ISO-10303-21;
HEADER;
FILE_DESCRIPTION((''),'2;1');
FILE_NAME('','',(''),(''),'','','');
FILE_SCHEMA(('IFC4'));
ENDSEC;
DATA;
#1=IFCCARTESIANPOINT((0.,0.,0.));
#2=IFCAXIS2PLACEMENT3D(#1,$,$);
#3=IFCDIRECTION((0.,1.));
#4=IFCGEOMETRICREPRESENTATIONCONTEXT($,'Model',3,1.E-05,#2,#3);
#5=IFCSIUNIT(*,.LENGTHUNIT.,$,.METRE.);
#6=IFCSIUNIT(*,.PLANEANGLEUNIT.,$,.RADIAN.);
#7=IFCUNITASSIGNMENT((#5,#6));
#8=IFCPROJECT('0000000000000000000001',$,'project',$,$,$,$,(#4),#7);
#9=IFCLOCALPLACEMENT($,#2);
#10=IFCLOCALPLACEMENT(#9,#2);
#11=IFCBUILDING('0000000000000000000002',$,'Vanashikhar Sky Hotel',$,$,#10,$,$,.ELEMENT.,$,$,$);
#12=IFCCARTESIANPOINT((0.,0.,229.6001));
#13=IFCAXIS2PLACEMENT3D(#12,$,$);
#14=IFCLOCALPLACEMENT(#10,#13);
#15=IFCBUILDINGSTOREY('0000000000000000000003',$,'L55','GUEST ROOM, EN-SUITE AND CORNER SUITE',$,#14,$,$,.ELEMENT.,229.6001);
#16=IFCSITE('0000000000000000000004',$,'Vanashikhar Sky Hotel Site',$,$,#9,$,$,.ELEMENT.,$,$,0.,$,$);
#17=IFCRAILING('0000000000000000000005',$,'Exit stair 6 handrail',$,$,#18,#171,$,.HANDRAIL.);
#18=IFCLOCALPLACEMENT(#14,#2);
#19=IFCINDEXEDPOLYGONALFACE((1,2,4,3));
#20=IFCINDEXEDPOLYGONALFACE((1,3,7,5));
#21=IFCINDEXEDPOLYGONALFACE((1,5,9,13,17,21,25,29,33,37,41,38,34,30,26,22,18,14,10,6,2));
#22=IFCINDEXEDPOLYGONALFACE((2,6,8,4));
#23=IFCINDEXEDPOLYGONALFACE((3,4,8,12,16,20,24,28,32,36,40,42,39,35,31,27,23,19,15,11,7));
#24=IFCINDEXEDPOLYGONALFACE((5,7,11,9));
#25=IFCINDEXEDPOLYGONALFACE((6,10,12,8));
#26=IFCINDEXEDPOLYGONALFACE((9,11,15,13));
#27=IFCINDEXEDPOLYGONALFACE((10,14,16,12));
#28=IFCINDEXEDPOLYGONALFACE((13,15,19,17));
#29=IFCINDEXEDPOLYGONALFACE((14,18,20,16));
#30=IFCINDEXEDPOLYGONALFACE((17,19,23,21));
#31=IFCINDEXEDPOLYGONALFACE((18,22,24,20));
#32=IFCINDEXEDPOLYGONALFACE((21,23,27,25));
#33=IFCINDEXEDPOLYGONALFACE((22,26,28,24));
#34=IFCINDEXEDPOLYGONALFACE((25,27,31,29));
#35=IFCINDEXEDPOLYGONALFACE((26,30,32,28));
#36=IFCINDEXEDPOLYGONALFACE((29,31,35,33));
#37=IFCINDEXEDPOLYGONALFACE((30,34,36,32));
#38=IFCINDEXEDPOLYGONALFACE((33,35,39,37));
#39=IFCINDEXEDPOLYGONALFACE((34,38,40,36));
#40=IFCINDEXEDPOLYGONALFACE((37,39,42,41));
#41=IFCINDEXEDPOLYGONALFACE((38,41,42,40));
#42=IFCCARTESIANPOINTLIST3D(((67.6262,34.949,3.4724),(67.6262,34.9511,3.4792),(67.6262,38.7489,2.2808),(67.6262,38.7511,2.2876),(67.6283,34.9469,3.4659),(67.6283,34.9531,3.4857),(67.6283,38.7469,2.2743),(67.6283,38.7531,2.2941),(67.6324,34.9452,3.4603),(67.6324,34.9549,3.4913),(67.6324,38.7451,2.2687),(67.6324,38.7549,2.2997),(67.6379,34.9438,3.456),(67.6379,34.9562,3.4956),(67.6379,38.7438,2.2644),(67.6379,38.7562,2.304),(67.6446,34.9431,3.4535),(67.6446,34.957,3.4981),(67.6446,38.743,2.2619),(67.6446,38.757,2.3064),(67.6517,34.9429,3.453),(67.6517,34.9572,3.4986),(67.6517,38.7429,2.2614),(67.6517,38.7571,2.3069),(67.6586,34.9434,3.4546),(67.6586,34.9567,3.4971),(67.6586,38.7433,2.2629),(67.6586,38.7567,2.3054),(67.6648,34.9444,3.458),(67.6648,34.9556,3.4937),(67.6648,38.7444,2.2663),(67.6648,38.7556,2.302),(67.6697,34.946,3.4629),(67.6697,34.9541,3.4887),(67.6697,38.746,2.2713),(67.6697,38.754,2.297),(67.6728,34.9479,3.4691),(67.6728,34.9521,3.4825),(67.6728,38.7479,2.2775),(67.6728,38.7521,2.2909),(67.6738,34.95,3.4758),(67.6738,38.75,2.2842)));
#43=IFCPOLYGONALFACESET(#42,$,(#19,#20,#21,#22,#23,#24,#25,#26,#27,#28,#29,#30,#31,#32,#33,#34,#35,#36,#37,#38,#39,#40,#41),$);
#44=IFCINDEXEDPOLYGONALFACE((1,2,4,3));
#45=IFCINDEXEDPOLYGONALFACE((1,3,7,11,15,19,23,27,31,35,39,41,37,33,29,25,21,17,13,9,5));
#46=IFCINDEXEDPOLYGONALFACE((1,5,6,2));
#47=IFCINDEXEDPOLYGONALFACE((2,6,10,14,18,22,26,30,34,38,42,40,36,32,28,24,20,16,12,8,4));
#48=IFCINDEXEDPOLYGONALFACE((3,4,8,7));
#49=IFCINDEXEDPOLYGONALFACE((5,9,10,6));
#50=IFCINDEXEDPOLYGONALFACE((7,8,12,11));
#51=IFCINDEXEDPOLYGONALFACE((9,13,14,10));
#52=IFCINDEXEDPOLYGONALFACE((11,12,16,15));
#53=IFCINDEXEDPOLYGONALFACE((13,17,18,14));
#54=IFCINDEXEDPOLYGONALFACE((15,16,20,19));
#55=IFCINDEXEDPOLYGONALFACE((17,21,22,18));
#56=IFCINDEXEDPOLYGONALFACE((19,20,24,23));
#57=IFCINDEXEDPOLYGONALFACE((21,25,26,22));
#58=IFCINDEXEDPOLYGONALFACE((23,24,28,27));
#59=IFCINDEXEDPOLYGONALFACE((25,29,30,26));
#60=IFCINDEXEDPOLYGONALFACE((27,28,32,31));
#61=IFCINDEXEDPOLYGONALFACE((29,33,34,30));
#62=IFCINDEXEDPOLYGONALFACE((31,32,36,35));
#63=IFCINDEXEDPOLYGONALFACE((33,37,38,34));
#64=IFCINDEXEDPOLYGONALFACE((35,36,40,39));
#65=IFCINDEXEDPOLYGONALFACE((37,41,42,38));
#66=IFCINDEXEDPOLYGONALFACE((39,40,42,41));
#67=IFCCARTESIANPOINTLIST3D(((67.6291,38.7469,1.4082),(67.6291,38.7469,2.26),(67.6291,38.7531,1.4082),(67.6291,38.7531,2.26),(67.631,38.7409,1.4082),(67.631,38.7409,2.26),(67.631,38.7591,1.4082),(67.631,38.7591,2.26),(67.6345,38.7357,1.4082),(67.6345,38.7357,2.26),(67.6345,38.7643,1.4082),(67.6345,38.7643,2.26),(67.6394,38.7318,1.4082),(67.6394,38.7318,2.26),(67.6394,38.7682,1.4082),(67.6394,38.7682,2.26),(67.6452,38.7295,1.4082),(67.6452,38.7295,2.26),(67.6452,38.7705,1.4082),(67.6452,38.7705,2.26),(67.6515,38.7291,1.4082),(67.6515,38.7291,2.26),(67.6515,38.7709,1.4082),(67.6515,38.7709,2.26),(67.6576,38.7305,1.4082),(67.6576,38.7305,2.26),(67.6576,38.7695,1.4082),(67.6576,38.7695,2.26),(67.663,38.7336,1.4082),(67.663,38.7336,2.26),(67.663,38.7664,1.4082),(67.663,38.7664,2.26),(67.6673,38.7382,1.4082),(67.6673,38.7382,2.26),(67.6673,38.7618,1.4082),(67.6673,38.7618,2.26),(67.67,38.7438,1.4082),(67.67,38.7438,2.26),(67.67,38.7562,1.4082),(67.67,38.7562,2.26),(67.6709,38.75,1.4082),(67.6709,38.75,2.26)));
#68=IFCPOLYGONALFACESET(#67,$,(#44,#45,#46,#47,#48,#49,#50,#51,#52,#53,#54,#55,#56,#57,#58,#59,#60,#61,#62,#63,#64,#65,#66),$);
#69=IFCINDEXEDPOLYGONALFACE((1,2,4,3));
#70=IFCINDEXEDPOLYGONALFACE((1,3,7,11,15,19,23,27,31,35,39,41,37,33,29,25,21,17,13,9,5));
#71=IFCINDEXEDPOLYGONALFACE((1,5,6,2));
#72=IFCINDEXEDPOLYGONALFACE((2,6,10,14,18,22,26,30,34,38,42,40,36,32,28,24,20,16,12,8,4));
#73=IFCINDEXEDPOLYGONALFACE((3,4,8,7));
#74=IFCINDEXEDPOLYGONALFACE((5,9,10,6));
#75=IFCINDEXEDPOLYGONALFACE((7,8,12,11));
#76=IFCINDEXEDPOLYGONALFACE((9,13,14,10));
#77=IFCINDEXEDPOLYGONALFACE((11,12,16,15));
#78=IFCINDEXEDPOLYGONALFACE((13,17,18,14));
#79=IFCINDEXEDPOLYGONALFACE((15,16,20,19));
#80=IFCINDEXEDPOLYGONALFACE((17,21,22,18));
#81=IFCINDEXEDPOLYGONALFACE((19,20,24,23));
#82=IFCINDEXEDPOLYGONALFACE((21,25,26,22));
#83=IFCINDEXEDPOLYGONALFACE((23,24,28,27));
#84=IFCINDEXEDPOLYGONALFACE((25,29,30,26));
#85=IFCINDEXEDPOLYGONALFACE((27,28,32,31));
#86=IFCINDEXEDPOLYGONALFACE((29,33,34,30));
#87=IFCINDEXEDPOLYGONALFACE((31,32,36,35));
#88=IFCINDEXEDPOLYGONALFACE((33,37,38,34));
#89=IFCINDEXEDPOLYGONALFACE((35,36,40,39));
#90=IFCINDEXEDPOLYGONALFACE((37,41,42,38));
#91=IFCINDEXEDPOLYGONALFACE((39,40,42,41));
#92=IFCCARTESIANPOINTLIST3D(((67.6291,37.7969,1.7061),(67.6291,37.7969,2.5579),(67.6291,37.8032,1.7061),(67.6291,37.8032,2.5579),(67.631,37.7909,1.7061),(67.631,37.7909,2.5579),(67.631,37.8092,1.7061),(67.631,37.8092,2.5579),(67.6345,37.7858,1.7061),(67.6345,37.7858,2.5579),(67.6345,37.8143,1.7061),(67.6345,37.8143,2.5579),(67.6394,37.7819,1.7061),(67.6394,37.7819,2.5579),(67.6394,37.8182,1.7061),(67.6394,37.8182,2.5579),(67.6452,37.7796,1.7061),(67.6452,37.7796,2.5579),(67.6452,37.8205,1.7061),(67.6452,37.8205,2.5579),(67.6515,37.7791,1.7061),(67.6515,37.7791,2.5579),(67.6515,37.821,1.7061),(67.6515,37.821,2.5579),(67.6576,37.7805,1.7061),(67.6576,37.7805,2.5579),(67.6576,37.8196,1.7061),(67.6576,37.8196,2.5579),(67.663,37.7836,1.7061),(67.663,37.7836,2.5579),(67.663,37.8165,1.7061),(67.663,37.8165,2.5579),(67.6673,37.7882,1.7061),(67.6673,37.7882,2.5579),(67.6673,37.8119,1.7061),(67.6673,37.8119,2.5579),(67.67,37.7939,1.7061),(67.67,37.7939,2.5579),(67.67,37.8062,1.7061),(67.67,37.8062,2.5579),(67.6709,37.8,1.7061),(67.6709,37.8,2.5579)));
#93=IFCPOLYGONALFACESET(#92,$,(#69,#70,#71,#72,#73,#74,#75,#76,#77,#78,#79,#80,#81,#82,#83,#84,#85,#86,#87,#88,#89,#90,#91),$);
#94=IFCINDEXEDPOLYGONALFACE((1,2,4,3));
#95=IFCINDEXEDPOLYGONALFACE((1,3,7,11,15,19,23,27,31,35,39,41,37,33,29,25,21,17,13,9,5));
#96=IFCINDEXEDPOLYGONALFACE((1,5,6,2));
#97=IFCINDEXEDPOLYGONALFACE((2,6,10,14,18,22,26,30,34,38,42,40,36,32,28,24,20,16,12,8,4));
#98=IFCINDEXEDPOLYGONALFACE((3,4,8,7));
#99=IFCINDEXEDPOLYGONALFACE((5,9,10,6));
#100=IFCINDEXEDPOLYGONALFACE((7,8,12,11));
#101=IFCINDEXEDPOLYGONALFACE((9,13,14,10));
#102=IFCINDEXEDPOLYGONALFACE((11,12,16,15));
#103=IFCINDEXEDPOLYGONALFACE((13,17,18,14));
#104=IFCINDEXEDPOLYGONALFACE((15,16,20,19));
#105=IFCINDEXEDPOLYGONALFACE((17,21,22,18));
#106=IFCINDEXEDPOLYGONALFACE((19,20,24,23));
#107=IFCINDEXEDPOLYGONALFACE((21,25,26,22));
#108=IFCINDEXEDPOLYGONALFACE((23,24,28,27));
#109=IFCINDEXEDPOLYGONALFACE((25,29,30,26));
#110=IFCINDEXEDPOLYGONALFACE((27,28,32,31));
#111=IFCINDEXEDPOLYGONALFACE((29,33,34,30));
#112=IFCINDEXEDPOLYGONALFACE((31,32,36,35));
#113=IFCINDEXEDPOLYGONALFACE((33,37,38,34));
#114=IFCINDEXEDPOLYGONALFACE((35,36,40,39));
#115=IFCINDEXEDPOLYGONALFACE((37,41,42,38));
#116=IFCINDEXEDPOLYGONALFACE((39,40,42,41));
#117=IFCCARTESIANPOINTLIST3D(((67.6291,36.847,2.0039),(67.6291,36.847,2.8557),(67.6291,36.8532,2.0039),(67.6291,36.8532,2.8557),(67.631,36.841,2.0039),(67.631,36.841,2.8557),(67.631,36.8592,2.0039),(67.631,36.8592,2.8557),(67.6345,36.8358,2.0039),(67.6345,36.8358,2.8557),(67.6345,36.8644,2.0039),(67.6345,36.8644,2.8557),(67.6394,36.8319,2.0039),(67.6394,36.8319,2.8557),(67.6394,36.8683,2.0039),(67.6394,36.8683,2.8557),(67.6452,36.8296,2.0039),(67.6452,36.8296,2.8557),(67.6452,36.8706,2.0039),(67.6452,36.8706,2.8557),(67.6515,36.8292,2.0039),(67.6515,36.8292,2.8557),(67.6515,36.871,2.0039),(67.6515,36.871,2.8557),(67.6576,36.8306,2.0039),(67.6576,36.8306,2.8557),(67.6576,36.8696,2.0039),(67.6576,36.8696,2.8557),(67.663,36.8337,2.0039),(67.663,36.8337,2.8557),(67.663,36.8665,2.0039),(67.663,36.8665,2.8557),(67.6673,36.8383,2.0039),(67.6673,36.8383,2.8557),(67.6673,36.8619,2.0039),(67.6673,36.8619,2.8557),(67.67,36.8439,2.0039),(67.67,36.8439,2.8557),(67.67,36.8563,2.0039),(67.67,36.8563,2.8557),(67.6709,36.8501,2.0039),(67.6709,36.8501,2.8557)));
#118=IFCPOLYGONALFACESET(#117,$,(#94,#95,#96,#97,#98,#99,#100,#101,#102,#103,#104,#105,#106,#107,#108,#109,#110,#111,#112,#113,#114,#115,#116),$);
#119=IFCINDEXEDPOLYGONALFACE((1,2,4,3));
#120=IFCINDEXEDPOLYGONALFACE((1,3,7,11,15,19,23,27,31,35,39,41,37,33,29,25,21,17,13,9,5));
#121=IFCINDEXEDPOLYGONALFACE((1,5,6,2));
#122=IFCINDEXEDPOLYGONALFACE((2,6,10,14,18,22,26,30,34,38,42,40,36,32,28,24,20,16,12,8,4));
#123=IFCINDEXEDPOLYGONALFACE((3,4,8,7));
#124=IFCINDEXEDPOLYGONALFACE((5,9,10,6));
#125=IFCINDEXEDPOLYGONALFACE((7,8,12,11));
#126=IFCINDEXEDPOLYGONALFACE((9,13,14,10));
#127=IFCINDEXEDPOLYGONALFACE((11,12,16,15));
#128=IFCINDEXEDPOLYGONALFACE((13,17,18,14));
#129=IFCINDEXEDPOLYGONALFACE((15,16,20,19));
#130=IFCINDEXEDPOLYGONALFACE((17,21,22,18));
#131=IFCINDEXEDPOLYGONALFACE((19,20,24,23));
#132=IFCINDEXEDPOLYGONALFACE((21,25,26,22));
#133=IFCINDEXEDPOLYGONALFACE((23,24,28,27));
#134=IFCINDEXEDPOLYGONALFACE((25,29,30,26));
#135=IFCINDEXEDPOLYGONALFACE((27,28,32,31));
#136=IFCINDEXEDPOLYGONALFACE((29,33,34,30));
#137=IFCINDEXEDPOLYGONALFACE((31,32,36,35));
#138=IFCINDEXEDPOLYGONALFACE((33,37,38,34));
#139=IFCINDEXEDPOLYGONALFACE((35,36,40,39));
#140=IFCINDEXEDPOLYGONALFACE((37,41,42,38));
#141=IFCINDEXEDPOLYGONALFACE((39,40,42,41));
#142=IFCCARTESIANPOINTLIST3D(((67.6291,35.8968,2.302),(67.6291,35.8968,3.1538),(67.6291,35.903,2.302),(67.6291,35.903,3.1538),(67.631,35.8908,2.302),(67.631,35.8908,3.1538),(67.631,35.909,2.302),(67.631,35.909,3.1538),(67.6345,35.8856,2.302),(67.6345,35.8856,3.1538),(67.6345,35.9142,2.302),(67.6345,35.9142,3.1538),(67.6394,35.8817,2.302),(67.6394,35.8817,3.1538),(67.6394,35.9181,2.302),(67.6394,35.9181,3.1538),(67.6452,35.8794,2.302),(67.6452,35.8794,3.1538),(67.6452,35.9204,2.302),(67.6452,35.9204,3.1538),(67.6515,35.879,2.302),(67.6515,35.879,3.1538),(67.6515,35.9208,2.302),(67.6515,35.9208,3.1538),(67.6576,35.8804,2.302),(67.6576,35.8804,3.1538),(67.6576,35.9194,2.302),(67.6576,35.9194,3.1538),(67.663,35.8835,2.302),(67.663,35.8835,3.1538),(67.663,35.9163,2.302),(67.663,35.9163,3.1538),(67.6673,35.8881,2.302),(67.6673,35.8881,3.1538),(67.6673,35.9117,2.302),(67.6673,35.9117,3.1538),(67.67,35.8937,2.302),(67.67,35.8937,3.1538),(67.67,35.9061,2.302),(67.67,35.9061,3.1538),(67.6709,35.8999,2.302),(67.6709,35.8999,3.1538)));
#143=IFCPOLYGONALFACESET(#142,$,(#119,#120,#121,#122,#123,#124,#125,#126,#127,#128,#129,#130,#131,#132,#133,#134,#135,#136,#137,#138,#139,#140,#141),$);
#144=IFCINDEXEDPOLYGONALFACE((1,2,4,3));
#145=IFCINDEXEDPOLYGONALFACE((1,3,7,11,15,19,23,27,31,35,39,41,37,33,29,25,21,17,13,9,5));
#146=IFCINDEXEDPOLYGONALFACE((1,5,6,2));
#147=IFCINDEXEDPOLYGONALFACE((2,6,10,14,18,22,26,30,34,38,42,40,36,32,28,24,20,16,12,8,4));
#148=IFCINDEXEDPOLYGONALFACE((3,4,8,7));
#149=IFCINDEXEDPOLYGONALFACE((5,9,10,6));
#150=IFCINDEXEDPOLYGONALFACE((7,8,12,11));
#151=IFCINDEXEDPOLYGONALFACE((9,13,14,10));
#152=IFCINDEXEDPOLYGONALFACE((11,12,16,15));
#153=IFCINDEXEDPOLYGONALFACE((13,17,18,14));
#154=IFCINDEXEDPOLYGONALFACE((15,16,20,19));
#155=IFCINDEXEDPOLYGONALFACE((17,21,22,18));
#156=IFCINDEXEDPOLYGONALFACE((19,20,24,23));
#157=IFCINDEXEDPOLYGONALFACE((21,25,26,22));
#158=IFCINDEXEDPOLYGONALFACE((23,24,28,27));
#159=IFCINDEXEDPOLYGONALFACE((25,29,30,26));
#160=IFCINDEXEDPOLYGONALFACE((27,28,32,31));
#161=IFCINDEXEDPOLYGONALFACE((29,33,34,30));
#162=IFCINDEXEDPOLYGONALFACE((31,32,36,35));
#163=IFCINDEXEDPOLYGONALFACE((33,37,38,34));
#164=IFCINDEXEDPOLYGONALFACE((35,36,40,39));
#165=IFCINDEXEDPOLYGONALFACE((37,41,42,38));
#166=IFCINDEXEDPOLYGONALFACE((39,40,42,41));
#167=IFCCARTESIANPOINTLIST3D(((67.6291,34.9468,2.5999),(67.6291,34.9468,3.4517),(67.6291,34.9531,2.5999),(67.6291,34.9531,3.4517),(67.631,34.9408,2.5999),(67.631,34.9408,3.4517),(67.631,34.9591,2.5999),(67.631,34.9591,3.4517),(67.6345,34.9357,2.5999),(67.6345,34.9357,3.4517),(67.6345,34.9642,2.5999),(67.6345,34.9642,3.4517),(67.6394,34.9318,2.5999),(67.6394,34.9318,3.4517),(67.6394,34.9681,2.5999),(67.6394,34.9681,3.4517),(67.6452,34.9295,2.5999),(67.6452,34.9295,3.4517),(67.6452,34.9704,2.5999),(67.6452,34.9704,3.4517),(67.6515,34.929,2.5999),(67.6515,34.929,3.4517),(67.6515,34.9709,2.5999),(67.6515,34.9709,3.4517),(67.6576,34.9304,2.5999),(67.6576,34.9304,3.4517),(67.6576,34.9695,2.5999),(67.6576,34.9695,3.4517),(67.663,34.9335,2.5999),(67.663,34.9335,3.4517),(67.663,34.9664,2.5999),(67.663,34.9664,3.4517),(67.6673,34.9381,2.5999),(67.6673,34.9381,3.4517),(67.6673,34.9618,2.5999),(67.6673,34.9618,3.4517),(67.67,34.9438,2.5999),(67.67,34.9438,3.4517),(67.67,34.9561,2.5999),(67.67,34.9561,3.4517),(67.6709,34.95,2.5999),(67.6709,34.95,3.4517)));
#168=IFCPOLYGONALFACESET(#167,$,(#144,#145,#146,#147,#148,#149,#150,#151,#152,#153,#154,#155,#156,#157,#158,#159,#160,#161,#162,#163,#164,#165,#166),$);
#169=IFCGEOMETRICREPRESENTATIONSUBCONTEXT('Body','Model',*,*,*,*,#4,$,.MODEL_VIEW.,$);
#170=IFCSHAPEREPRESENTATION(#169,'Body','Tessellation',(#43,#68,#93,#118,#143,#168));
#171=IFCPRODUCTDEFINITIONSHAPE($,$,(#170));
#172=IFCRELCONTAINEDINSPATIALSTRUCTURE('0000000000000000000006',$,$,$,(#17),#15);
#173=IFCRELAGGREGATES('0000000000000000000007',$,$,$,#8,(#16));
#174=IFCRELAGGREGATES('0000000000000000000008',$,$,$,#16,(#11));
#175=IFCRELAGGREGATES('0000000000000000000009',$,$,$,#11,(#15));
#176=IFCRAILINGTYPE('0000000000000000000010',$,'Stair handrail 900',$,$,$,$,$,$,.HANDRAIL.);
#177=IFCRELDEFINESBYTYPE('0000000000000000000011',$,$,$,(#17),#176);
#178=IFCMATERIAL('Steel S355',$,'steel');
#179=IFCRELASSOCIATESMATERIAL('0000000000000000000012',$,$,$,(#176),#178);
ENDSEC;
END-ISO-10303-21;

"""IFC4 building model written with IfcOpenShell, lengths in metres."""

from ifc_helpers import new_model, si_unit, direction, frame, origin, origin_2d, place, context, subcontext, project, spatial, circle, extrude, source, transform, mapped, material, type_object, element, save


model = new_model("IFC4")

# Units and contexts
model_context = context("Model", 3, precision=1e-05, world=origin(), true_north=direction((0.0, 1.0)))
body_context = subcontext(model_context, "Body", "Model", "MODEL_VIEW")
ifc_project = project(units=[si_unit("LENGTHUNIT", "METRE"), si_unit("PLANEANGLEUNIT", "RADIAN")], contexts=[model_context])

# Site, building, storey
site_placement = place(None, origin())
site = spatial("IfcSite", under=ifc_project, at=site_placement, Name="Vanashikhar Sky Hotel Site", CompositionType="ELEMENT", RefElevation=0.0)
building_placement = place(site_placement, origin())
building = spatial("IfcBuilding", under=site, at=building_placement, Name="Vanashikhar Sky Hotel", CompositionType="ELEMENT")
storey_placement = place(building_placement, frame((0.0, 0.0, 229.6001)))
storey = spatial("IfcBuildingStorey", under=building, at=storey_placement, Name="L55", Description="GUEST ROOM, EN-SUITE AND CORNER SUITE", CompositionType="ELEMENT", Elevation=229.6001)

# Railing
ifc_material_1 = material(Name="Steel S355", Category="steel")
railing_type_1 = type_object("IfcRailingType", Name="Stair handrail 900", PredefinedType="HANDRAIL", material=ifc_material_1)
shared_shape_1 = source(origin(), body_context, "Body", "SweptSolid", [
    extrude(circle(Radius=0.0239, at=origin_2d()), frame((0.0, 0.0, 0.876), z_axis=(0.0, -0.954184, 0.299221), x_axis=(1.0, 0.0, 0.0)), (0.0, 0.0, 1.0), 3.9824),
    extrude(circle(Radius=0.021, at=origin_2d()), origin(), (0.0, 0.0, 1.0), 0.8518),
    extrude(circle(Radius=0.021, at=origin_2d()), frame((0.0, -0.95, 0.2979)), (0.0, 0.0, 1.0), 0.8518),
    extrude(circle(Radius=0.021, at=origin_2d()), frame((0.0, -1.8999, 0.5957)), (0.0, 0.0, 1.0), 0.8518),
    extrude(circle(Radius=0.021, at=origin_2d()), frame((0.0, -2.8501, 0.8938)), (0.0, 0.0, 1.0), 0.8518),
    extrude(circle(Radius=0.021, at=origin_2d()), frame((0.0, -3.8, 1.1917)), (0.0, 0.0, 1.0), 0.8518),
])
for number, where, name in (
    (1, (67.6499, 38.75, 1.4082), "Exit stair 6 handrail"),
):
    element("IfcRailing", number, at=place(storey_placement, frame(where)), inside=storey, type_object=railing_type_1, Name=name, PredefinedType="HANDRAIL", context=body_context, shape_type="MappedRepresentation", body=[
        mapped(shared_shape_1, transform((0.0, 0.0, 0.0), scale=1.0)),
    ])

save(model, "model.ifc")
